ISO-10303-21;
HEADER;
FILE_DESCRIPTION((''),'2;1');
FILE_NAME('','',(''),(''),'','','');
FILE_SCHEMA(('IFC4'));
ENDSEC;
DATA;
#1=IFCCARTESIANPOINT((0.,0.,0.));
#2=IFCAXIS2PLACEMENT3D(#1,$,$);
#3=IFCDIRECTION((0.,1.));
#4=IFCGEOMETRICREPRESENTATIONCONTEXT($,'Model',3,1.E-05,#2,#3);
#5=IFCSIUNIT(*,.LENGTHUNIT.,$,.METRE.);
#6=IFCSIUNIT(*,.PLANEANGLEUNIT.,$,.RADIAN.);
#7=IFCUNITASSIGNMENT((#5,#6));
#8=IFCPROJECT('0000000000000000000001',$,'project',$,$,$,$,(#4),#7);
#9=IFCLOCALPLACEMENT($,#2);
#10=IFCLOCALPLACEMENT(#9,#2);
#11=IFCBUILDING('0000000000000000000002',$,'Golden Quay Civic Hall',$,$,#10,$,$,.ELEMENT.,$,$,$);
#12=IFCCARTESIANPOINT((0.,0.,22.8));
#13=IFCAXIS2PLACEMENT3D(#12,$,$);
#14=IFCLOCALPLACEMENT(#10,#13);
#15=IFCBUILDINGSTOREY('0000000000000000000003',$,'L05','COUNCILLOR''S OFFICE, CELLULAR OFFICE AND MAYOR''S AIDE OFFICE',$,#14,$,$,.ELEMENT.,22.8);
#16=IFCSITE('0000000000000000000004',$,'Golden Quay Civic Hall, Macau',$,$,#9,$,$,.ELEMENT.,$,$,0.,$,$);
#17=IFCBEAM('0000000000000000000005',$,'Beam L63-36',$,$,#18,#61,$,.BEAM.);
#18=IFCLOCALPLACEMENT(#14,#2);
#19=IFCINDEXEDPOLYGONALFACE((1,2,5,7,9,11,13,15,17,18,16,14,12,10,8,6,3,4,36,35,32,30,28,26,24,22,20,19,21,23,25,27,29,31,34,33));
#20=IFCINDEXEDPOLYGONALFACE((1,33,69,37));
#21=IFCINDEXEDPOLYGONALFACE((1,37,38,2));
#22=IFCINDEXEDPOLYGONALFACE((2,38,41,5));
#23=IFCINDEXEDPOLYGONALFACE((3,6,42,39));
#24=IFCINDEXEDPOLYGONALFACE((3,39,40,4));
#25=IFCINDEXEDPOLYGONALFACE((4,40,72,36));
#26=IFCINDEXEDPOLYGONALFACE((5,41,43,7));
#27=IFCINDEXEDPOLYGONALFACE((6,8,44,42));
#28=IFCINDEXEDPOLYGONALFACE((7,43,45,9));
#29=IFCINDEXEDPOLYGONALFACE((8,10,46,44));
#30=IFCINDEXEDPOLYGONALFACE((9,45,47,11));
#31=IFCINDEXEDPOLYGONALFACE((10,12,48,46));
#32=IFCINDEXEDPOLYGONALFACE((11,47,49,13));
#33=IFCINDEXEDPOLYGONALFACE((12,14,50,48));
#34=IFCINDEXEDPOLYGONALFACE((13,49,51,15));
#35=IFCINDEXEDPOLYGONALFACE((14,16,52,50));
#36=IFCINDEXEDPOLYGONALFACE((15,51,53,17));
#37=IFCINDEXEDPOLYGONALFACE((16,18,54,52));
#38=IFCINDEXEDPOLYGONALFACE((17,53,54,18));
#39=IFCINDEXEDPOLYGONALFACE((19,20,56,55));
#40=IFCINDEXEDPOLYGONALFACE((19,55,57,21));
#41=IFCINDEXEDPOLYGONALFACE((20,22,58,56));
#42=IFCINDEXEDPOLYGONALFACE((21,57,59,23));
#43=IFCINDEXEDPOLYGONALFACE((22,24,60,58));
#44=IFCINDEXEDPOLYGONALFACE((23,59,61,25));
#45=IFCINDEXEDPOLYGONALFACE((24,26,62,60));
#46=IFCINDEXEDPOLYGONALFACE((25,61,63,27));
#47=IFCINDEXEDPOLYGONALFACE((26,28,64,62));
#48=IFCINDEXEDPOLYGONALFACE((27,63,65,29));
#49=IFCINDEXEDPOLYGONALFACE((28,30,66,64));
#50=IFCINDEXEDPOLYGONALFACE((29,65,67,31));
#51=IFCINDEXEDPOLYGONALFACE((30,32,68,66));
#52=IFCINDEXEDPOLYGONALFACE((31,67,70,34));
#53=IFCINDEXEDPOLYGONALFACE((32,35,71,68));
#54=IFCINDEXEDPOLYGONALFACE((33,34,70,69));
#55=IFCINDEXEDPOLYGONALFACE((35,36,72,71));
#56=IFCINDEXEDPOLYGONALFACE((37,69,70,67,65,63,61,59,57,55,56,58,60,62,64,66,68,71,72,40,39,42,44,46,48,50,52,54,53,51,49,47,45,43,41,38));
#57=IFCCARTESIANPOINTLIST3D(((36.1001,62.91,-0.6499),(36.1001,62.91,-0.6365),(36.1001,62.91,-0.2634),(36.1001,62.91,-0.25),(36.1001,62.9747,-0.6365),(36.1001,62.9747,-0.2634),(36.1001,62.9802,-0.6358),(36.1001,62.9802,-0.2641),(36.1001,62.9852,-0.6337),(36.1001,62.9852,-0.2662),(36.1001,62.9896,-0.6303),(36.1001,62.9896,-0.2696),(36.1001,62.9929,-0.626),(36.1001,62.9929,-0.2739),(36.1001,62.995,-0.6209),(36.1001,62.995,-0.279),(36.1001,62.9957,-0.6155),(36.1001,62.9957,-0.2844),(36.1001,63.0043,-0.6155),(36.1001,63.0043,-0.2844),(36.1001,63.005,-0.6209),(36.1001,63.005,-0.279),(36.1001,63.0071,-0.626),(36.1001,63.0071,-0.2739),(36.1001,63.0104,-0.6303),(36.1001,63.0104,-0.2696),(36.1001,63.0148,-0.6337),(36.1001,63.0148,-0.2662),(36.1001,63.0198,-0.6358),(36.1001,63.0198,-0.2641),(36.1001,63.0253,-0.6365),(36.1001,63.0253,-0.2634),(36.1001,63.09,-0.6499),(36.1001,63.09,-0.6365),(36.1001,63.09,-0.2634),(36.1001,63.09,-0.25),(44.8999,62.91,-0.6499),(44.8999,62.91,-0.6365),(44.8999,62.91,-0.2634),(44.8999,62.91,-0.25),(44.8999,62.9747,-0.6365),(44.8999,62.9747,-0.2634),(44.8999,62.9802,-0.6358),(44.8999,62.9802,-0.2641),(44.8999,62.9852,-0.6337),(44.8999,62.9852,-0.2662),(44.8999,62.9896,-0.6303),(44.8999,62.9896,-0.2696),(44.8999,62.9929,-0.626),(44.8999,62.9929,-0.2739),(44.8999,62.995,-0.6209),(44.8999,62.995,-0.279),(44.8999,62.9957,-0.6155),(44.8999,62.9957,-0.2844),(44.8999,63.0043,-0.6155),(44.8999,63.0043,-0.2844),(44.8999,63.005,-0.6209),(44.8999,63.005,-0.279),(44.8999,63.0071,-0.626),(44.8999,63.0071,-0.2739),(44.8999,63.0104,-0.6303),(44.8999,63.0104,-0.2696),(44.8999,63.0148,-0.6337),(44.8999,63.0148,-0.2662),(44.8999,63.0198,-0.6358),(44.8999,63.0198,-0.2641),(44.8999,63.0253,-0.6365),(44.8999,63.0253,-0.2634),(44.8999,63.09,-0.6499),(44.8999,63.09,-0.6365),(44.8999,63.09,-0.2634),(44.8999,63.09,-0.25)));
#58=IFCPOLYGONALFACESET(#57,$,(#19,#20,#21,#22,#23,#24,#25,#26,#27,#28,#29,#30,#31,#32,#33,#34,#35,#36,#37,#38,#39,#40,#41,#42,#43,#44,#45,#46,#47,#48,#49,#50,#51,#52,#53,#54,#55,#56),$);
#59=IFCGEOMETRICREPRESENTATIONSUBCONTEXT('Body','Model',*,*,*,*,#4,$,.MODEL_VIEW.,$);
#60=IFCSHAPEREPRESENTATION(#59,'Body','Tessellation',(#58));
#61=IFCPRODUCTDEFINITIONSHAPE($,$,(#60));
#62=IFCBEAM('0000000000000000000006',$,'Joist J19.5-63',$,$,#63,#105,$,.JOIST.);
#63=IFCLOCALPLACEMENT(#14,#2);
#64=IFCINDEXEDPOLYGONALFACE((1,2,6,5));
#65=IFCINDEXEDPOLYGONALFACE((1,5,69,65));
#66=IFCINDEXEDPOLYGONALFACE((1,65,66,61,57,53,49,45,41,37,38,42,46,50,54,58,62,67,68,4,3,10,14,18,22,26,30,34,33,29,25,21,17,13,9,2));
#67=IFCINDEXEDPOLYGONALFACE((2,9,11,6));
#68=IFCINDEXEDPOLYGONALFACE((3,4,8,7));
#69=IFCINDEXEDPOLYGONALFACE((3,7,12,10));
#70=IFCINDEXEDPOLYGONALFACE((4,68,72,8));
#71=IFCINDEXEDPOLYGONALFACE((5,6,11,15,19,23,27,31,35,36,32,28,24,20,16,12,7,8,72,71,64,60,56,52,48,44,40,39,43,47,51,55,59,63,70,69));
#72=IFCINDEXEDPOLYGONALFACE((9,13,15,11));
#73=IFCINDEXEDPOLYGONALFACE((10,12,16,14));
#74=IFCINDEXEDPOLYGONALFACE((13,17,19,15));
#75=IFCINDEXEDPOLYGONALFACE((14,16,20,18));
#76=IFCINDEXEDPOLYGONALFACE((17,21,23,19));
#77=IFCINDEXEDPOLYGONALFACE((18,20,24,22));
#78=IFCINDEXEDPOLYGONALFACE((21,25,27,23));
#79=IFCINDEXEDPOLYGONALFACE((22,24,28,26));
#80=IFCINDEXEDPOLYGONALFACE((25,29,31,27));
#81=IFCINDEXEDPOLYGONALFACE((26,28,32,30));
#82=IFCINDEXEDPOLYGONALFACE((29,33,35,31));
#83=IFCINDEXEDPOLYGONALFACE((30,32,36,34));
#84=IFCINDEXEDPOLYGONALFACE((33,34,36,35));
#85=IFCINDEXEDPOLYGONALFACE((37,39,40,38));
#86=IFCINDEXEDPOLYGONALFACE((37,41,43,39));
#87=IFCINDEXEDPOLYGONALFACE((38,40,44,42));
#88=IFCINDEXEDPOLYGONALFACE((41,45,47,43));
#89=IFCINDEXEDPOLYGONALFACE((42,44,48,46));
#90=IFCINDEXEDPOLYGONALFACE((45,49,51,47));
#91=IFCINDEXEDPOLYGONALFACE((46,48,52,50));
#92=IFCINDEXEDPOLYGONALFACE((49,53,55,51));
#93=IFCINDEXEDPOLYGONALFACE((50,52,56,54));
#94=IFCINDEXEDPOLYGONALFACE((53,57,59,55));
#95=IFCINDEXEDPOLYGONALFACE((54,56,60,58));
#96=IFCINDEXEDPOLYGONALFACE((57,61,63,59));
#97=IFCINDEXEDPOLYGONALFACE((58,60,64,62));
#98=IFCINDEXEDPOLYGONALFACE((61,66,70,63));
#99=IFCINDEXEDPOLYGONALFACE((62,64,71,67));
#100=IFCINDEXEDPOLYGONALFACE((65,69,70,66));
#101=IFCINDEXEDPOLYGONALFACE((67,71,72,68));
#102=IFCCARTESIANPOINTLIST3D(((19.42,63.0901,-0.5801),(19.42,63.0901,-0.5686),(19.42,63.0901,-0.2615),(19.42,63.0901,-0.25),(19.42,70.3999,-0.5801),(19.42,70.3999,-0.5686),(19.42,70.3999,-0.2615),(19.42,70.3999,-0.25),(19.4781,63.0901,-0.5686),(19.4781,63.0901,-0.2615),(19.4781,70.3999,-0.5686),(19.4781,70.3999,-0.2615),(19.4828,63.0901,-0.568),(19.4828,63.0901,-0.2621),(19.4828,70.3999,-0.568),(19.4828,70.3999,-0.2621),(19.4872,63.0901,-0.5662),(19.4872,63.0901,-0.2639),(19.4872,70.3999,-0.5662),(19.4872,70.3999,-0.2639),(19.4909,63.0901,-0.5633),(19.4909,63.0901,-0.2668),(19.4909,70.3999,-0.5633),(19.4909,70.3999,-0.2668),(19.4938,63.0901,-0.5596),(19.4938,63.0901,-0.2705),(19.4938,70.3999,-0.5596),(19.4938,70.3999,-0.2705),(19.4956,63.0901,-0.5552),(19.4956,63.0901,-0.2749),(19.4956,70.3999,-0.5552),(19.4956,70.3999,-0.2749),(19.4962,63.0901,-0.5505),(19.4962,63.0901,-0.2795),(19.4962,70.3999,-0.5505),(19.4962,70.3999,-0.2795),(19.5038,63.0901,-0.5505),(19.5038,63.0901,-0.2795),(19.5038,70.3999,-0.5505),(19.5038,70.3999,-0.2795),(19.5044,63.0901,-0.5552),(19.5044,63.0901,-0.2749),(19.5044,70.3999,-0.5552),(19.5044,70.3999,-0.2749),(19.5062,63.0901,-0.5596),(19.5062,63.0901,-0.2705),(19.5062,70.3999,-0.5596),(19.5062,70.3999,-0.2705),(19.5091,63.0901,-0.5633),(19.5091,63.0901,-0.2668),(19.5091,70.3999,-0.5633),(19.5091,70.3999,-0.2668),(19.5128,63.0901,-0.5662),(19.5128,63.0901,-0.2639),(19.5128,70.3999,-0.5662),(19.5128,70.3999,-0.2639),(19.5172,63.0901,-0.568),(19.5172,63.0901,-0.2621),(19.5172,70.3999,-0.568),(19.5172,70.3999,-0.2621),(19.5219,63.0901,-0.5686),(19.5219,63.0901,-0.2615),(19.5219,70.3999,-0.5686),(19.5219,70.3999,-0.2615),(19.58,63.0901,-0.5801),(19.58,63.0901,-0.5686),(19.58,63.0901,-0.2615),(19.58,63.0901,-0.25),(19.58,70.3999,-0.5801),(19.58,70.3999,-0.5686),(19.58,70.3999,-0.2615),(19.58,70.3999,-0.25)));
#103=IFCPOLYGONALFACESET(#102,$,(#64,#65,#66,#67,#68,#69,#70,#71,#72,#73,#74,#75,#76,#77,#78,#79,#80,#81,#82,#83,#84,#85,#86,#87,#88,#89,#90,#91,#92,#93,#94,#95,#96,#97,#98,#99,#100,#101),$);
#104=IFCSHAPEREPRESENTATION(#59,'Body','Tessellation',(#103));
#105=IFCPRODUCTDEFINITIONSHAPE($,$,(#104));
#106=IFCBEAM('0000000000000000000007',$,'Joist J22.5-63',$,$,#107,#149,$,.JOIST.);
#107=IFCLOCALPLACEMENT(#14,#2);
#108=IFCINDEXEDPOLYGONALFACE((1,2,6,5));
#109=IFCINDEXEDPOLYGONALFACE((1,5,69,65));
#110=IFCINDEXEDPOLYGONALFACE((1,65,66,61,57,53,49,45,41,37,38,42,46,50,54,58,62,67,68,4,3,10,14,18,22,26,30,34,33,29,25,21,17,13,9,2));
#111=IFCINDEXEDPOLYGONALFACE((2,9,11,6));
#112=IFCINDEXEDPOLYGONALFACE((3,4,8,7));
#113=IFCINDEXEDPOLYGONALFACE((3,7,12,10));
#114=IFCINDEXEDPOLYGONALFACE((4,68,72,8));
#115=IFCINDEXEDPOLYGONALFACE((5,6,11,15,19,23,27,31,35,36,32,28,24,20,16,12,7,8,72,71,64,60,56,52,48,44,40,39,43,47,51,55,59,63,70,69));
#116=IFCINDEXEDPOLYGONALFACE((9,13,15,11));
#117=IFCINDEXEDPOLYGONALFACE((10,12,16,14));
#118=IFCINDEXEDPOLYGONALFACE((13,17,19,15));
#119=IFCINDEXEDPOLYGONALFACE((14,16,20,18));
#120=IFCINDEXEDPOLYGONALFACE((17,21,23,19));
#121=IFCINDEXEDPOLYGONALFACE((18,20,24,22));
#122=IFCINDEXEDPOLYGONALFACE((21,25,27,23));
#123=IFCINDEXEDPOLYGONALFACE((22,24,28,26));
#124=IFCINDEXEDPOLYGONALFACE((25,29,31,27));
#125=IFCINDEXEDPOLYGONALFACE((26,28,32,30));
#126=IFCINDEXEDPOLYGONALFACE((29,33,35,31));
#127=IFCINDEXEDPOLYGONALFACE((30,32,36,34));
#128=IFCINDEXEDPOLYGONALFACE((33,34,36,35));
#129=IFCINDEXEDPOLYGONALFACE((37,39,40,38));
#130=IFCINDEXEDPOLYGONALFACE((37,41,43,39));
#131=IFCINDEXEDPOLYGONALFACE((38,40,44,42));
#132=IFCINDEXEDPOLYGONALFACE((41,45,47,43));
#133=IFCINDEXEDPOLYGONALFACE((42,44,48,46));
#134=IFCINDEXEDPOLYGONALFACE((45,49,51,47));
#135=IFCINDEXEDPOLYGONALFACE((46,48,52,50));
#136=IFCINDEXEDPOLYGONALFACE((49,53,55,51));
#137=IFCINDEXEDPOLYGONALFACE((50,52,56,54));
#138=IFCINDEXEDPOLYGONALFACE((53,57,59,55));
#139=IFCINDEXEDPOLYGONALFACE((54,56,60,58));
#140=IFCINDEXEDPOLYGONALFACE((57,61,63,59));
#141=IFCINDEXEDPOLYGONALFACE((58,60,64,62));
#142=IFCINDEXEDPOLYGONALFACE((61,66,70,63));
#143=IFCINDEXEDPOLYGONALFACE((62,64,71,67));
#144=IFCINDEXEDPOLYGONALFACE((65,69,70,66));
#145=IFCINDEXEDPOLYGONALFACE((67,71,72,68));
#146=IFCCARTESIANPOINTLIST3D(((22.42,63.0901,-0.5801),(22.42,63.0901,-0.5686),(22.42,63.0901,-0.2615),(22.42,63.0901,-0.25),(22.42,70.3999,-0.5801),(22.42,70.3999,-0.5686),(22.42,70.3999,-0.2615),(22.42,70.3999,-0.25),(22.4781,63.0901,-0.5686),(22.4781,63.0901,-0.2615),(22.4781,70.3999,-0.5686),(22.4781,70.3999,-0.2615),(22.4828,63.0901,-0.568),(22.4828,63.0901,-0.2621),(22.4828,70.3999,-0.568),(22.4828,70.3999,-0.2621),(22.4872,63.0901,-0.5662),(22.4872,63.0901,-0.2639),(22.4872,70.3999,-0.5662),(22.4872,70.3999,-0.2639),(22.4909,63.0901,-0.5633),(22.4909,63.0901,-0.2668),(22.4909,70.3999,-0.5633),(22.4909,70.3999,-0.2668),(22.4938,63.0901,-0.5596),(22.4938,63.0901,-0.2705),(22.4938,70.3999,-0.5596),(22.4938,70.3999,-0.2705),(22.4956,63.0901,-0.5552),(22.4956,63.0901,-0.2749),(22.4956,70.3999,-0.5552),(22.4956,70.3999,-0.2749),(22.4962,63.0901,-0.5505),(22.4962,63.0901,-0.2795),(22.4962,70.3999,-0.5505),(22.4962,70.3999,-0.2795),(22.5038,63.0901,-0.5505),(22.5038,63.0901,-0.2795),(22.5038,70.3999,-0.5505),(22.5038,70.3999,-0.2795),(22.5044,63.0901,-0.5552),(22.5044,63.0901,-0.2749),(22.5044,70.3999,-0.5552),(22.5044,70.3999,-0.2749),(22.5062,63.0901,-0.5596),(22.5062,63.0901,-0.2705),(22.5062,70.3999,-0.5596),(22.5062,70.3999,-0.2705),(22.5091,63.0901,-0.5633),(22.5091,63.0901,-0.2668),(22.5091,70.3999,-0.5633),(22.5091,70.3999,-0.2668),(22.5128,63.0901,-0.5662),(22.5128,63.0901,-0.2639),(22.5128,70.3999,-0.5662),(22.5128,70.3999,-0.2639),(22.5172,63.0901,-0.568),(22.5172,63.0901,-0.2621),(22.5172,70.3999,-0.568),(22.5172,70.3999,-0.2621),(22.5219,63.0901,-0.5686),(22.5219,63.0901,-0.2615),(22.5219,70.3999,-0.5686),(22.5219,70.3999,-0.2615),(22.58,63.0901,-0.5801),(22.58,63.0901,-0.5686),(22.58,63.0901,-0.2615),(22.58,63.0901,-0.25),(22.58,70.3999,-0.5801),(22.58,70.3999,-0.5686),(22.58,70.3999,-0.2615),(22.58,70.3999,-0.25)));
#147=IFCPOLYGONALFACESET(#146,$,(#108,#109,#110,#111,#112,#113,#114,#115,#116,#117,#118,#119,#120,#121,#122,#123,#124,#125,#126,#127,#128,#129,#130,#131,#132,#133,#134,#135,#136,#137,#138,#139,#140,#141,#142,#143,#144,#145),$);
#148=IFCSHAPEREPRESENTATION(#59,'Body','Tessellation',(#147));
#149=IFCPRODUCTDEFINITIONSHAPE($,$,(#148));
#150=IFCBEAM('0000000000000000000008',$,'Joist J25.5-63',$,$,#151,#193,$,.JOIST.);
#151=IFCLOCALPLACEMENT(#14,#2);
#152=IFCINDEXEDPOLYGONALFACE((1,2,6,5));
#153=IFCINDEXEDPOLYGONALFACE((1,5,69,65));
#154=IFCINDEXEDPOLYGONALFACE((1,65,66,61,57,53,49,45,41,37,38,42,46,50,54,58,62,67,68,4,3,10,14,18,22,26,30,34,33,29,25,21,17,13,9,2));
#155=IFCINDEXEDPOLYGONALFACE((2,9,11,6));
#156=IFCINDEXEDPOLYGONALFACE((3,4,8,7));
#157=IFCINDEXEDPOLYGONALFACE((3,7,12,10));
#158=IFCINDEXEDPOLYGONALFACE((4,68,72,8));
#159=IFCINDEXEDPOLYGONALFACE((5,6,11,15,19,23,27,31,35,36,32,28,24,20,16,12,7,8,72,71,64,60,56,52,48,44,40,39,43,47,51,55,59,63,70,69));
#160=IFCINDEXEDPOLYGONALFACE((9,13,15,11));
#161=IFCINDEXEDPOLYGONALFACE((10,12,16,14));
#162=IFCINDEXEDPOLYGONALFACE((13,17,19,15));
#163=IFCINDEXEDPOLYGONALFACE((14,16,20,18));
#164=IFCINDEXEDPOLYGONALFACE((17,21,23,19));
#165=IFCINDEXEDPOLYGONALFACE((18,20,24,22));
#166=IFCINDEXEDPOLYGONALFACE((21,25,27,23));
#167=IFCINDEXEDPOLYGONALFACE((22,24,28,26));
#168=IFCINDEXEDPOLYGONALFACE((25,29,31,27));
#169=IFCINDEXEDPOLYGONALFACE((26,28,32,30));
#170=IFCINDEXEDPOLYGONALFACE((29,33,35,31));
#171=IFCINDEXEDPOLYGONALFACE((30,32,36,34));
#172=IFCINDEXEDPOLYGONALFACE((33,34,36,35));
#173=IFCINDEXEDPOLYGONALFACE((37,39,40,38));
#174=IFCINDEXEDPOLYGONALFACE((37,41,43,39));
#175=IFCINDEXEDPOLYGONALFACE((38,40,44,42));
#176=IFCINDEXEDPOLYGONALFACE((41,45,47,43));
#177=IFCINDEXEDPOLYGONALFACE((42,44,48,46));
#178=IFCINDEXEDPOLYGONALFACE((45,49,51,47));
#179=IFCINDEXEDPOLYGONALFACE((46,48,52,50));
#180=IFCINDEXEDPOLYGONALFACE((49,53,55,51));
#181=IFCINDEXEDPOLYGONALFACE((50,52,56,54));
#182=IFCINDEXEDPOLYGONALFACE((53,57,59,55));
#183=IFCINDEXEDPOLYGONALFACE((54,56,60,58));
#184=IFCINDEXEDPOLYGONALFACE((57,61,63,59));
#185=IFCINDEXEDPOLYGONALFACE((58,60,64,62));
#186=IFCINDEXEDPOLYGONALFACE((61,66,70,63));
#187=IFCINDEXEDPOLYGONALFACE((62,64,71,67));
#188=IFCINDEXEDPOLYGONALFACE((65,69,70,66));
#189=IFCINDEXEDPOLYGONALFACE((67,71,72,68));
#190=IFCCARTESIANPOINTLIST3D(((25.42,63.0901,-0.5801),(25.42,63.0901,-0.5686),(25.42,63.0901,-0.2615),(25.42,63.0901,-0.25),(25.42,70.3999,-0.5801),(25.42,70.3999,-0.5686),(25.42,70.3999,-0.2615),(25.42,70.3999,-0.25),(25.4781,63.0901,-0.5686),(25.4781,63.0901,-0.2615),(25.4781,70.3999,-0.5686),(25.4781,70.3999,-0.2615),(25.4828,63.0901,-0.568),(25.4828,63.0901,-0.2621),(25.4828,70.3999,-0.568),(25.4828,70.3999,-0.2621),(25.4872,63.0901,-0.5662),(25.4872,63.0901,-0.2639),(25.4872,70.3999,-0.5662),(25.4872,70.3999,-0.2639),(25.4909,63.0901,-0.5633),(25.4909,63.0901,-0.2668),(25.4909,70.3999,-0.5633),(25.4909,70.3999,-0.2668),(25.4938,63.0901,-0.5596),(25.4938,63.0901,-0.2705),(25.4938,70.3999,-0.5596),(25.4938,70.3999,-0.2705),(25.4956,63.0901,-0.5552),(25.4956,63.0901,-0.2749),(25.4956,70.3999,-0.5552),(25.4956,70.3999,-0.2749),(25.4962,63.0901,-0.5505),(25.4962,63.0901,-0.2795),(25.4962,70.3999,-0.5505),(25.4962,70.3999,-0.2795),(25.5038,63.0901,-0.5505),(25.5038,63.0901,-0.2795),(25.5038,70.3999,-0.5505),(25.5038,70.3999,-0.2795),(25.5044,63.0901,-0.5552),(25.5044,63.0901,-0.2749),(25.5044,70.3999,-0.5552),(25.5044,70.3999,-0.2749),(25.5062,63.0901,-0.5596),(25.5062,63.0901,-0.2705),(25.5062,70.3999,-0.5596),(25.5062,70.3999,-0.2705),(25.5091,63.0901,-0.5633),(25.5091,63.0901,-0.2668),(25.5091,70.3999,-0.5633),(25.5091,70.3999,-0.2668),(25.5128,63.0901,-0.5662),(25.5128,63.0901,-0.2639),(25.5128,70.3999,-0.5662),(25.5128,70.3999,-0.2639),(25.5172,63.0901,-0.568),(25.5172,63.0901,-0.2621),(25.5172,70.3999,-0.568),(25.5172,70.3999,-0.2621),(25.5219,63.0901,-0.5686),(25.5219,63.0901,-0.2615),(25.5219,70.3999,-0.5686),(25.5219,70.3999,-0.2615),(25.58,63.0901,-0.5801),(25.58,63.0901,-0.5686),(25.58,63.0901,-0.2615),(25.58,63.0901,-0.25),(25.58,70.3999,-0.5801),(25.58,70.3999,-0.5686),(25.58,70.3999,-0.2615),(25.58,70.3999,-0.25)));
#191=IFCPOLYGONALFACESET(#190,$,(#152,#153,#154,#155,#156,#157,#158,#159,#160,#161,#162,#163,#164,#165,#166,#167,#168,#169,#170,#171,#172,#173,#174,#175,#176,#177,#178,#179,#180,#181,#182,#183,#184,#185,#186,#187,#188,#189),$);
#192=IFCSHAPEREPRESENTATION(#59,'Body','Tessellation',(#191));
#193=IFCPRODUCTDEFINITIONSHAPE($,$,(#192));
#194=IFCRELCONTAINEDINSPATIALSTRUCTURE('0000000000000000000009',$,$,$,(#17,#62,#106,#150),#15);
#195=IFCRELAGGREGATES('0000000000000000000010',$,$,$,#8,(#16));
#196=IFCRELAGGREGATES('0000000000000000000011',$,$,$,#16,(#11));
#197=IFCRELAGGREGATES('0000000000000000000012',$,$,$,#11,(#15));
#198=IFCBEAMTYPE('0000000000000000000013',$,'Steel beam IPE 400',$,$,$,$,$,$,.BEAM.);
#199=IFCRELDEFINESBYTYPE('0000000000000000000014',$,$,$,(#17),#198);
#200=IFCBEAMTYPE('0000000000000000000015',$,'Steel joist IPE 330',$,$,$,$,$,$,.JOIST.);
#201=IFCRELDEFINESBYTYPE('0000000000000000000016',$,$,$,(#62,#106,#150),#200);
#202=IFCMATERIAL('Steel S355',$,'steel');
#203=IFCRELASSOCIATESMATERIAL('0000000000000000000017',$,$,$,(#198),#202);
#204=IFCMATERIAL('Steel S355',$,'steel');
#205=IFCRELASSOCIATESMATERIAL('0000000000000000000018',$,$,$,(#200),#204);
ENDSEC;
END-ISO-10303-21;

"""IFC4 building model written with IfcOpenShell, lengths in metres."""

from ifc_helpers import new_model, si_unit, direction, frame, origin, origin_2d, place, context, subcontext, project, spatial, i_section, extrude, material, material_profile, profile_set, type_object, element, save


model = new_model("IFC4")

# Units and contexts
model_context = context("Model", 3, precision=1e-05, world=origin(), true_north=direction((0.0, 1.0)))
body_context = subcontext(model_context, "Body", "Model", "MODEL_VIEW")
ifc_project = project(units=[si_unit("LENGTHUNIT", "METRE"), si_unit("PLANEANGLEUNIT", "RADIAN")], contexts=[model_context])

# Site, building, storey
site_placement = place(None, origin())
site = spatial("IfcSite", under=ifc_project, at=site_placement, Name="Golden Quay Civic Hall, Macau", CompositionType="ELEMENT", RefElevation=0.0)
building_placement = place(site_placement, origin())
building = spatial("IfcBuilding", under=site, at=building_placement, Name="Golden Quay Civic Hall", CompositionType="ELEMENT")
storey_placement = place(building_placement, frame((0.0, 0.0, 22.8)))
storey = spatial("IfcBuildingStorey", under=building, at=storey_placement, Name="L05", Description="COUNCILLOR'S OFFICE, CELLULAR OFFICE AND MAYOR'S AIDE OFFICE", CompositionType="ELEMENT", Elevation=22.8)

# Beams
ifc_material_1 = material(Name="Steel S355", Category="steel")
ifc_material_profile_1 = material_profile(ifc_material_1, i_section(OverallWidth=0.1799, OverallDepth=0.3999, WebThickness=0.0085, FlangeThickness=0.0134, FilletRadius=0.021, at=origin_2d()), Name="IPE 400")
ifc_profile_set_1 = profile_set([ifc_material_profile_1], Name="Steel S355")
beam_type_1 = type_object("IfcBeamType", Name="Steel beam IPE 400", PredefinedType="BEAM", material=ifc_profile_set_1)
for number, where, z_axis, x_axis, name in (
    (1, (36.1001, 63.0, -0.45), (1.0, 0.0, 0.0), (0.0, 1.0, 0.0), "Beam L63-36"),
):
    element("IfcBeam", number, at=place(storey_placement, frame(where, z_axis=z_axis, x_axis=x_axis)), inside=storey, type_object=beam_type_1, Name=name, PredefinedType="BEAM", context=body_context, shape_type="SweptSolid", body=[
        extrude(i_section(OverallWidth=0.1799, OverallDepth=0.3999, WebThickness=0.0085, FlangeThickness=0.0134, FilletRadius=0.021, at=origin_2d()), origin(), (0.0, 0.0, 1.0), 8.7998),
    ])
ifc_material_2 = material(Name="Steel S355", Category="steel")
ifc_material_profile_2 = material_profile(ifc_material_2, i_section(OverallWidth=0.1599, OverallDepth=0.3301, WebThickness=0.0076, FlangeThickness=0.0115, FilletRadius=0.0181, at=origin_2d()), Name="IPE 330")
ifc_profile_set_2 = profile_set([ifc_material_profile_2], Name="Steel S355")
beam_type_2 = type_object("IfcBeamType", Name="Steel joist IPE 330", PredefinedType="JOIST", material=ifc_profile_set_2)
for number, where, z_axis, x_axis, name in (
    (2, (19.5, 63.0901, -0.415), (0.0, 1.0, 0.0), (-1.0, 0.0, 0.0), "Joist J19.5-63"),
    (3, (22.5, 63.0901, -0.415), (0.0, 1.0, 0.0), (-1.0, 0.0, 0.0), "Joist J22.5-63"),
    (4, (25.5, 63.0901, -0.415), (0.0, 1.0, 0.0), (-1.0, 0.0, 0.0), "Joist J25.5-63"),
):
    element("IfcBeam", number, at=place(storey_placement, frame(where, z_axis=z_axis, x_axis=x_axis)), inside=storey, type_object=beam_type_2, Name=name, PredefinedType="JOIST", context=body_context, shape_type="SweptSolid", body=[
        extrude(i_section(OverallWidth=0.1599, OverallDepth=0.3301, WebThickness=0.0076, FlangeThickness=0.0115, FilletRadius=0.0181, at=origin_2d()), origin(), (0.0, 0.0, 1.0), 7.3098),
    ])

save(model, "model.ifc")
